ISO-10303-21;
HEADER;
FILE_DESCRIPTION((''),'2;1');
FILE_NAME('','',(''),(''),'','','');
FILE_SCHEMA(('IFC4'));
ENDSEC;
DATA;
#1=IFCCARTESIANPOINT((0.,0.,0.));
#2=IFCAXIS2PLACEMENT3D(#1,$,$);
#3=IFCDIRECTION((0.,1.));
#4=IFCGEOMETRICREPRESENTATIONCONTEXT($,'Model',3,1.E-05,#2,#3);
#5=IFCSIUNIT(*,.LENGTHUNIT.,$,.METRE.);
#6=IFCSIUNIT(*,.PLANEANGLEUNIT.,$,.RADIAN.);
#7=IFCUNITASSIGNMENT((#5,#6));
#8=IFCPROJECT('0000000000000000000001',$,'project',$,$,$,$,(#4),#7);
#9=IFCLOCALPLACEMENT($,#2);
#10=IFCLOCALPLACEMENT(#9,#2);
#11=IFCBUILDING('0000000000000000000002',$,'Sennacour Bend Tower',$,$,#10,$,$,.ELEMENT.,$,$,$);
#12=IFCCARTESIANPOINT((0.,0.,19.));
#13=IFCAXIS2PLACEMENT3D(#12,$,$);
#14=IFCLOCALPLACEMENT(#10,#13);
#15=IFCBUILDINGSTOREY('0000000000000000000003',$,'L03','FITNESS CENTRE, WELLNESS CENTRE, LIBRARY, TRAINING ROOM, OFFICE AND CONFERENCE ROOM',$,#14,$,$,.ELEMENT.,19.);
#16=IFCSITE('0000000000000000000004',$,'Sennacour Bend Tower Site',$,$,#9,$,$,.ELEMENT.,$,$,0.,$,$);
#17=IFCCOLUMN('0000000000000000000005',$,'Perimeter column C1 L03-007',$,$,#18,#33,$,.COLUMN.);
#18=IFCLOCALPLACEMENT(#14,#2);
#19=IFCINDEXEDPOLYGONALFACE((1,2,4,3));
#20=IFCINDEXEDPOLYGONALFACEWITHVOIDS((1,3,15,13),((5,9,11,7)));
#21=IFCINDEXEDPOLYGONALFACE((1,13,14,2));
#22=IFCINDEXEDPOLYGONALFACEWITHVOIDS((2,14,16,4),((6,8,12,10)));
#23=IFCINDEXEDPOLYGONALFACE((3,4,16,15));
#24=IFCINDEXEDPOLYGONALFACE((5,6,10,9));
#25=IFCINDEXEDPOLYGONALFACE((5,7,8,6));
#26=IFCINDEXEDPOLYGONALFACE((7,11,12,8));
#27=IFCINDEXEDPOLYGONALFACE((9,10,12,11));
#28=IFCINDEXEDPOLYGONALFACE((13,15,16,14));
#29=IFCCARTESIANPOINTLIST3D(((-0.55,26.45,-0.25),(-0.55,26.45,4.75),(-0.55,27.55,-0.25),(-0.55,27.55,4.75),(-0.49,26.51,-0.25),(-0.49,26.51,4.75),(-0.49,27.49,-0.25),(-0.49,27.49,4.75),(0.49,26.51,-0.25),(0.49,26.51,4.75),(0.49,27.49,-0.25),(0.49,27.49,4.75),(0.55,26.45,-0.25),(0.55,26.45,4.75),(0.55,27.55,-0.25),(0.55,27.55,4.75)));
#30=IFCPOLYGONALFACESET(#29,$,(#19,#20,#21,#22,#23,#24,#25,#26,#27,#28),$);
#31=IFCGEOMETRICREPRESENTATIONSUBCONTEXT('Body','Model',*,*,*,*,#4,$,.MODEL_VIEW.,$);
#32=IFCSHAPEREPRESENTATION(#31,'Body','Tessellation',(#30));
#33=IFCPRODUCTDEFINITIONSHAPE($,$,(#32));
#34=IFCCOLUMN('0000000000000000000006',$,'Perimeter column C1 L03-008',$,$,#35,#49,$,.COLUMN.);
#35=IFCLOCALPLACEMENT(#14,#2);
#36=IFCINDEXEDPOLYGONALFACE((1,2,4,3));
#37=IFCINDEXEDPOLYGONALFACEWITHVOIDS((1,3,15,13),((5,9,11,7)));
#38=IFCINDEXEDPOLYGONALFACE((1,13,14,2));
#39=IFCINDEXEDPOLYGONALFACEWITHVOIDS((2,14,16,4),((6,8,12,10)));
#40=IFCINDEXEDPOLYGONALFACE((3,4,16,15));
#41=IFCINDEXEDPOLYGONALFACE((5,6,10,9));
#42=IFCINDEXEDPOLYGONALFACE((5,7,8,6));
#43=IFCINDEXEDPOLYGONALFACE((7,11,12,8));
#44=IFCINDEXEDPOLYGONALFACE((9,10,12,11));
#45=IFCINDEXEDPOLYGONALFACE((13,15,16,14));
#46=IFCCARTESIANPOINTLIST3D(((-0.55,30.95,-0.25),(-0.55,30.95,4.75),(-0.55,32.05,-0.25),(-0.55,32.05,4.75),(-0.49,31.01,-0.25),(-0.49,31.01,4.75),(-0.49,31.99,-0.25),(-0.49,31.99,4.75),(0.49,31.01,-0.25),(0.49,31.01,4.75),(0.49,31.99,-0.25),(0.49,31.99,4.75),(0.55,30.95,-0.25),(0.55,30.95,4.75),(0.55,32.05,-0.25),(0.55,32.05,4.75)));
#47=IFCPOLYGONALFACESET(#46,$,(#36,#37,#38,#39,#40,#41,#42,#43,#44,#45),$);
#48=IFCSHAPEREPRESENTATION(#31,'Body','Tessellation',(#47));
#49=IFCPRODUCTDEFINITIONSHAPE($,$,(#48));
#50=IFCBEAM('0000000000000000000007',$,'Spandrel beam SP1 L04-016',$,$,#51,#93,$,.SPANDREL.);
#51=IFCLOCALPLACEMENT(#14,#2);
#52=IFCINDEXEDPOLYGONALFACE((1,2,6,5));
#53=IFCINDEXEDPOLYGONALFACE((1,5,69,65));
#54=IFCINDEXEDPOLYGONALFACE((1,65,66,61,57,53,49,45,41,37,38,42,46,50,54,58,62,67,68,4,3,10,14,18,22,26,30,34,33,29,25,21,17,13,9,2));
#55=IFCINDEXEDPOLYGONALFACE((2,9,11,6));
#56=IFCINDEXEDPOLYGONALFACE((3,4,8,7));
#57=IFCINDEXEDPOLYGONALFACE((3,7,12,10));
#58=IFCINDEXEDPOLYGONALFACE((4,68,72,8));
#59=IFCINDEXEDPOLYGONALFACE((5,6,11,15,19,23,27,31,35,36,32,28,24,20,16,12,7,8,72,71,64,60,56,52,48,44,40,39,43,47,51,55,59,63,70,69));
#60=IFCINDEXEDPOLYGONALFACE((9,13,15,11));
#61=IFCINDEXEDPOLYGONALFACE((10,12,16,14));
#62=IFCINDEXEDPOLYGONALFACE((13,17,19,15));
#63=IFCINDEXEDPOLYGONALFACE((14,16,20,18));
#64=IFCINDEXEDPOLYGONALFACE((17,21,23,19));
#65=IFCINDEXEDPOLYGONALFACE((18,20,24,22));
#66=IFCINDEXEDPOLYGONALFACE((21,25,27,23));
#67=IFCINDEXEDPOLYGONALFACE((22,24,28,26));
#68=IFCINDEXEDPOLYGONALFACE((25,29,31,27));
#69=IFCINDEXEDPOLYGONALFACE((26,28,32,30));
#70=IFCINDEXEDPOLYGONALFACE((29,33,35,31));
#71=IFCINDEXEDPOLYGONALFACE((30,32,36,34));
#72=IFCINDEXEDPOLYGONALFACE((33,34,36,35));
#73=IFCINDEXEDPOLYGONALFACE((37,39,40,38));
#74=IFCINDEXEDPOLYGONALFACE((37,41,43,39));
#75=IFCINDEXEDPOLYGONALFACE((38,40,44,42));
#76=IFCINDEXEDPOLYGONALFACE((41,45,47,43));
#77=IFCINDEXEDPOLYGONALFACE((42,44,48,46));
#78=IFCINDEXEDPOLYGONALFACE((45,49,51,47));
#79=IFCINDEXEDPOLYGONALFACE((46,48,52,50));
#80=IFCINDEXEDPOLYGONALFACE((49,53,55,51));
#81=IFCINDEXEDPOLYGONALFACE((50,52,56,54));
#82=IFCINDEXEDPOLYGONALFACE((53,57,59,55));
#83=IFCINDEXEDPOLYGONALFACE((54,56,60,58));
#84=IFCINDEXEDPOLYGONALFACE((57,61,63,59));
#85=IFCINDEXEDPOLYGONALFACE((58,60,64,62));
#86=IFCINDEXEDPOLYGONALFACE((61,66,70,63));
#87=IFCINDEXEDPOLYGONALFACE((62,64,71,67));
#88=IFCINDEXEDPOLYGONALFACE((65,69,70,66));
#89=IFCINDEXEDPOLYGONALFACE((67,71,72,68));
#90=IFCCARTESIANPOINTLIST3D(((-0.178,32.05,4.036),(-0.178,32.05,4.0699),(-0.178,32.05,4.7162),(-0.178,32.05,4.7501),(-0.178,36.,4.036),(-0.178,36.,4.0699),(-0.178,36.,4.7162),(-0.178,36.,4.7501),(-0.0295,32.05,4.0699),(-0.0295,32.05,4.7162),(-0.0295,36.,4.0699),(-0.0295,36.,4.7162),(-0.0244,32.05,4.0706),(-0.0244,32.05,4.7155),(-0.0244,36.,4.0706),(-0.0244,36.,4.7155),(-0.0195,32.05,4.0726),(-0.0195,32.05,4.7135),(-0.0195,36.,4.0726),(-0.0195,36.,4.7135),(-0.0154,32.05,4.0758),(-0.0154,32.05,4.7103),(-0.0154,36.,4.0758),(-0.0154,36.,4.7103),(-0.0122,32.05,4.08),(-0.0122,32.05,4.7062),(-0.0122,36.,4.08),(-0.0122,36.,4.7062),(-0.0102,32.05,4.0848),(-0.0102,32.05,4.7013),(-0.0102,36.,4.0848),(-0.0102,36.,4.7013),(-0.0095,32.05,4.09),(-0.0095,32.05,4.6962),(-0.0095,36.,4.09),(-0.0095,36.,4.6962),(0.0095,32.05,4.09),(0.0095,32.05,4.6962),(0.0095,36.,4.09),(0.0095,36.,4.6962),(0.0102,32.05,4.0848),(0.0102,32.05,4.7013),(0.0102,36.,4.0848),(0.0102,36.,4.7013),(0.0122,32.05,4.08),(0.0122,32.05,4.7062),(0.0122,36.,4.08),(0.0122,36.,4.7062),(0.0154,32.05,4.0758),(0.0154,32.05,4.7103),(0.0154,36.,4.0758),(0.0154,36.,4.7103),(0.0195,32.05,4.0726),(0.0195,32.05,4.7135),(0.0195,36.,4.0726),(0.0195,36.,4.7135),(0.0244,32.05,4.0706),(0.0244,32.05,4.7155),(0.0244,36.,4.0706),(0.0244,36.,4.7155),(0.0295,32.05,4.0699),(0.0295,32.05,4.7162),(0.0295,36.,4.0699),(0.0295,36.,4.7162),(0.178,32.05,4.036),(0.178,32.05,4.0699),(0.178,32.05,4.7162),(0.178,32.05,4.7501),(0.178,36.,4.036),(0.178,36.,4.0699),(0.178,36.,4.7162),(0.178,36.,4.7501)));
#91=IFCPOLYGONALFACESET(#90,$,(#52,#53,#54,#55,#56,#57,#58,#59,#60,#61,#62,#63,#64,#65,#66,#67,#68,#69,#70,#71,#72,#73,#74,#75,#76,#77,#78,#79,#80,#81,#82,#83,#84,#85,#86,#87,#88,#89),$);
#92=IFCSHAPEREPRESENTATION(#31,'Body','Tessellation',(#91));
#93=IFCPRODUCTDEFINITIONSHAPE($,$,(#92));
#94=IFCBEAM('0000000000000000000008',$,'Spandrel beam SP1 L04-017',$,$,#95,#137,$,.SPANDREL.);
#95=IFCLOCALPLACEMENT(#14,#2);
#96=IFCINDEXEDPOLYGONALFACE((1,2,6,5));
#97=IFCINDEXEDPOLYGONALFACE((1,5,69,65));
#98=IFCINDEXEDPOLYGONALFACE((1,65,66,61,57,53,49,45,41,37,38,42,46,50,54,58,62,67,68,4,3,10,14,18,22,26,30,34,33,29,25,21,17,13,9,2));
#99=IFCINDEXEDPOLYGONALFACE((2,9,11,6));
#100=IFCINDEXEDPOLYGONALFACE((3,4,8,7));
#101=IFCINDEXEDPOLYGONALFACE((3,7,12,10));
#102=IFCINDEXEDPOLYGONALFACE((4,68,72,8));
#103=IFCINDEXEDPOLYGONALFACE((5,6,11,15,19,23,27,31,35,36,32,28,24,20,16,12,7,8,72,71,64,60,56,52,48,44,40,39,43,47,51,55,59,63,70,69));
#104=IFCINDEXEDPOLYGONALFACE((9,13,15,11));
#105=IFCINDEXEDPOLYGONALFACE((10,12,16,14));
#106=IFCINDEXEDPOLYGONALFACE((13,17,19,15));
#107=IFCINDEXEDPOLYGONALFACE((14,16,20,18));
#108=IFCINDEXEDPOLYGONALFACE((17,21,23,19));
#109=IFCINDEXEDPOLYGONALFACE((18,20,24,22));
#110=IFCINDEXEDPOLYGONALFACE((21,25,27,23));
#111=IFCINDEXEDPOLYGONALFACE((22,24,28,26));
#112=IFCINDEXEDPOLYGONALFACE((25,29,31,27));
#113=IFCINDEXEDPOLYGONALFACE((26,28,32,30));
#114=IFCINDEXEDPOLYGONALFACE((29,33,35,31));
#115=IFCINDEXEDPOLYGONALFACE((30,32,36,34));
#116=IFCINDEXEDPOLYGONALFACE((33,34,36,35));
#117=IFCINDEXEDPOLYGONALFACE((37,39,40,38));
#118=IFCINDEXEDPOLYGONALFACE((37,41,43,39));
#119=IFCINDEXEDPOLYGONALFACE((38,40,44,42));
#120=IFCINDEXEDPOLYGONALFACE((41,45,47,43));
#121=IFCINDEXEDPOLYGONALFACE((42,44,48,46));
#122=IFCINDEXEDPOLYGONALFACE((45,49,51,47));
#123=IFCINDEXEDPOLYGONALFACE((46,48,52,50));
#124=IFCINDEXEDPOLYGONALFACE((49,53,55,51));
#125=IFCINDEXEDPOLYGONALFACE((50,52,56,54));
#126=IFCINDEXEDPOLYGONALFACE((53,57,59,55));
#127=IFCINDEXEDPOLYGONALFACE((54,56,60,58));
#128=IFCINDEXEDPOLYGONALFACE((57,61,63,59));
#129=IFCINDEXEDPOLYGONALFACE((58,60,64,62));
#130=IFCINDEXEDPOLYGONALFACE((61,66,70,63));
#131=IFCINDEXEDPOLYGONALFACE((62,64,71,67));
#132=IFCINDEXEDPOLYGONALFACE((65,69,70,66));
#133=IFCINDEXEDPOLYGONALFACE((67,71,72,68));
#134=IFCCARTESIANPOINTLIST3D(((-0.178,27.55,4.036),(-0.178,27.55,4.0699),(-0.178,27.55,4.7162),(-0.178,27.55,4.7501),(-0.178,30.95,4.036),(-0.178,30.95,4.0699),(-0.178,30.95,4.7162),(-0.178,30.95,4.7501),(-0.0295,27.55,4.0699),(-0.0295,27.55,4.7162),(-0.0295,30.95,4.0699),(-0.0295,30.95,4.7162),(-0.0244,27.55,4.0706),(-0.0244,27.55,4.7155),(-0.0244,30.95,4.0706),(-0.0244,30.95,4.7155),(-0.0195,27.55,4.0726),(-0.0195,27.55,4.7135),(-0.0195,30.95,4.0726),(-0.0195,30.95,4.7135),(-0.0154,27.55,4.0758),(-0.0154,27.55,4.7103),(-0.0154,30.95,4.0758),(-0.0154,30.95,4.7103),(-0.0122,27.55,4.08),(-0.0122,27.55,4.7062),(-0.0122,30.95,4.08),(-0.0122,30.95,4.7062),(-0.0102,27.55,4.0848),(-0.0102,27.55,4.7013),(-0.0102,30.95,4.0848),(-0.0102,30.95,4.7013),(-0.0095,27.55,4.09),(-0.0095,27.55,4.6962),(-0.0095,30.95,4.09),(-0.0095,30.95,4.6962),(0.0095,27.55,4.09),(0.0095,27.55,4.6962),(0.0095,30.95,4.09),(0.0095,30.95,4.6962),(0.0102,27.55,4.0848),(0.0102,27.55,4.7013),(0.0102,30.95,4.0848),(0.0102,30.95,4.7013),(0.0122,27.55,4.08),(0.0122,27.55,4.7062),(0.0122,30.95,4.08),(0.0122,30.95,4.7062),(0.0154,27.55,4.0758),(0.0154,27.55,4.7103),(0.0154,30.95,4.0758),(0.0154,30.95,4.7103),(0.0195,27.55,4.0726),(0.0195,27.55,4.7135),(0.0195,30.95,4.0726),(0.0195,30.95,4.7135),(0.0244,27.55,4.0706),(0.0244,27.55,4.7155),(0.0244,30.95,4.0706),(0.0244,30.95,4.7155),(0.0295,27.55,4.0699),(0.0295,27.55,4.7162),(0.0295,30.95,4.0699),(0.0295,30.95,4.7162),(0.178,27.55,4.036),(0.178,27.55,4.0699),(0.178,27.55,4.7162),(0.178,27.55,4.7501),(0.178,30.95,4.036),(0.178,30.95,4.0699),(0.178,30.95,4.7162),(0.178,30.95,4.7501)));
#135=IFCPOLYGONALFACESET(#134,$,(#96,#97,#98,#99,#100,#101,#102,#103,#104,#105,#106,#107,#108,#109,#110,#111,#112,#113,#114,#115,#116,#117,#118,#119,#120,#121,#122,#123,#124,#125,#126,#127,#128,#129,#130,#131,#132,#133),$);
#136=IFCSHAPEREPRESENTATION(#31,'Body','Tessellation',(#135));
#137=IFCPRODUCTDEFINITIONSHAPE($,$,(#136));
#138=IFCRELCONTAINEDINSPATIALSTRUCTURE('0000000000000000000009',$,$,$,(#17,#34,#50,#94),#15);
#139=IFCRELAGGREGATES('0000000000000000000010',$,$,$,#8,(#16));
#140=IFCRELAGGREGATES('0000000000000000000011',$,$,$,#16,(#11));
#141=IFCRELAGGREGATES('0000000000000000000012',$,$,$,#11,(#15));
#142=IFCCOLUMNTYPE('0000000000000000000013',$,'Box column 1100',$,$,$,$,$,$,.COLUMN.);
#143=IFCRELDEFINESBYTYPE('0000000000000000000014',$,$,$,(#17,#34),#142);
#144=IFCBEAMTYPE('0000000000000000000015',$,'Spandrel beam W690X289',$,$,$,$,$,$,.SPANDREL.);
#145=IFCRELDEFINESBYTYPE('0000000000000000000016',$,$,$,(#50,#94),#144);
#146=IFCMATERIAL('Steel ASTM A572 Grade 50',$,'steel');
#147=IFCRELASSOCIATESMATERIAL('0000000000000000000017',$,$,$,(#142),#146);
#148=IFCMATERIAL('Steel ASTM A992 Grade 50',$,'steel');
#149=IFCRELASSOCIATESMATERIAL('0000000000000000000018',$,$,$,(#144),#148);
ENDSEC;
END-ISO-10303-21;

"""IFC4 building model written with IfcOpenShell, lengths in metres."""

from ifc_helpers import new_model, si_unit, direction, frame, origin, origin_2d, place, context, subcontext, project, spatial, hollow_rectangle, i_section, extrude, material, material_profile, profile_set, type_object, element, save


model = new_model("IFC4")

# Units and contexts
model_context = context("Model", 3, precision=1e-05, world=origin(), true_north=direction((0.0, 1.0)))
body_context = subcontext(model_context, "Body", "Model", "MODEL_VIEW")
ifc_project = project(units=[si_unit("LENGTHUNIT", "METRE"), si_unit("PLANEANGLEUNIT", "RADIAN")], contexts=[model_context])

# Site, building, storey
site_placement = place(None, origin())
site = spatial("IfcSite", under=ifc_project, at=site_placement, Name="Sennacour Bend Tower Site", CompositionType="ELEMENT", RefElevation=0.0)
building_placement = place(site_placement, origin())
building = spatial("IfcBuilding", under=site, at=building_placement, Name="Sennacour Bend Tower", CompositionType="ELEMENT")
storey_placement = place(building_placement, frame((0.0, 0.0, 19.0)))
storey = spatial("IfcBuildingStorey", under=building, at=storey_placement, Name="L03", Description="FITNESS CENTRE, WELLNESS CENTRE, LIBRARY, TRAINING ROOM, OFFICE AND CONFERENCE ROOM", CompositionType="ELEMENT", Elevation=19.0)

# Columns
ifc_material_1 = material(Name="Steel ASTM A572 Grade 50", Category="steel")
ifc_material_profile_1 = material_profile(ifc_material_1, hollow_rectangle(XDim=1.1001, YDim=1.1001, WallThickness=0.0601, at=origin_2d()), Name="Steel ASTM A572 Grade 50", Category="steel")
ifc_profile_set_1 = profile_set([ifc_material_profile_1], Name="Steel ASTM A572 Grade 50")
column_type = type_object("IfcColumnType", Name="Box column 1100", PredefinedType="COLUMN", material=ifc_profile_set_1)
for number, where, z_axis, x_axis, name in (
    (1, (0.0, 27.0, -0.25), (0.0, 0.0, 1.0), (1.0, 0.0, 0.0), "Perimeter column C1 L03-007"),
    (2, (0.0, 31.5, -0.25), (0.0, 0.0, 1.0), (1.0, 0.0, 0.0), "Perimeter column C1 L03-008"),
):
    element("IfcColumn", number, at=place(storey_placement, frame(where, z_axis=z_axis, x_axis=x_axis)), inside=storey, type_object=column_type, Name=name, PredefinedType="COLUMN", context=body_context, shape_type="SweptSolid", body=[
        extrude(hollow_rectangle(XDim=1.1001, YDim=1.1001, WallThickness=0.0601, at=origin_2d()), origin(), (0.0, 0.0, 1.0), 5.0),
    ])

# Beams
ifc_material_2 = material(Name="Steel ASTM A992 Grade 50", Category="steel")
ifc_material_profile_2 = material_profile(ifc_material_2, i_section(OverallWidth=0.356, OverallDepth=0.7141, WebThickness=0.019, FlangeThickness=0.0339, FilletRadius=0.02, at=origin_2d()), Name="Steel ASTM A992 Grade 50", Category="steel")
ifc_profile_set_2 = profile_set([ifc_material_profile_2], Name="Steel ASTM A992 Grade 50")
beam_type = type_object("IfcBeamType", Name="Spandrel beam W690X289", PredefinedType="SPANDREL", material=ifc_profile_set_2)
beam_1_placement = place(storey_placement, frame((0.0, 36.0, 4.3931), z_axis=(0.0, -1.0, 0.0), x_axis=(1.0, 0.0, 0.0)))
element("IfcBeam", 3, at=beam_1_placement, inside=storey, type_object=beam_type, Name="Spandrel beam SP1 L04-016", PredefinedType="SPANDREL", context=body_context, shape_type="SweptSolid", body=[
    extrude(i_section(OverallWidth=0.356, OverallDepth=0.7141, WebThickness=0.019, FlangeThickness=0.0339, FilletRadius=0.02, at=origin_2d()), origin(), (0.0, 0.0, 1.0), 3.95),
])
beam_2_placement = place(storey_placement, frame((0.0, 30.95, 4.3931), z_axis=(0.0, -1.0, 0.0), x_axis=(1.0, 0.0, 0.0)))
element("IfcBeam", 4, at=beam_2_placement, inside=storey, type_object=beam_type, Name="Spandrel beam SP1 L04-017", PredefinedType="SPANDREL", context=body_context, shape_type="SweptSolid", body=[
    extrude(i_section(OverallWidth=0.356, OverallDepth=0.7141, WebThickness=0.019, FlangeThickness=0.0339, FilletRadius=0.02, at=origin_2d()), origin(), (0.0, 0.0, 1.0), 3.3999),
])

save(model, "model.ifc")
